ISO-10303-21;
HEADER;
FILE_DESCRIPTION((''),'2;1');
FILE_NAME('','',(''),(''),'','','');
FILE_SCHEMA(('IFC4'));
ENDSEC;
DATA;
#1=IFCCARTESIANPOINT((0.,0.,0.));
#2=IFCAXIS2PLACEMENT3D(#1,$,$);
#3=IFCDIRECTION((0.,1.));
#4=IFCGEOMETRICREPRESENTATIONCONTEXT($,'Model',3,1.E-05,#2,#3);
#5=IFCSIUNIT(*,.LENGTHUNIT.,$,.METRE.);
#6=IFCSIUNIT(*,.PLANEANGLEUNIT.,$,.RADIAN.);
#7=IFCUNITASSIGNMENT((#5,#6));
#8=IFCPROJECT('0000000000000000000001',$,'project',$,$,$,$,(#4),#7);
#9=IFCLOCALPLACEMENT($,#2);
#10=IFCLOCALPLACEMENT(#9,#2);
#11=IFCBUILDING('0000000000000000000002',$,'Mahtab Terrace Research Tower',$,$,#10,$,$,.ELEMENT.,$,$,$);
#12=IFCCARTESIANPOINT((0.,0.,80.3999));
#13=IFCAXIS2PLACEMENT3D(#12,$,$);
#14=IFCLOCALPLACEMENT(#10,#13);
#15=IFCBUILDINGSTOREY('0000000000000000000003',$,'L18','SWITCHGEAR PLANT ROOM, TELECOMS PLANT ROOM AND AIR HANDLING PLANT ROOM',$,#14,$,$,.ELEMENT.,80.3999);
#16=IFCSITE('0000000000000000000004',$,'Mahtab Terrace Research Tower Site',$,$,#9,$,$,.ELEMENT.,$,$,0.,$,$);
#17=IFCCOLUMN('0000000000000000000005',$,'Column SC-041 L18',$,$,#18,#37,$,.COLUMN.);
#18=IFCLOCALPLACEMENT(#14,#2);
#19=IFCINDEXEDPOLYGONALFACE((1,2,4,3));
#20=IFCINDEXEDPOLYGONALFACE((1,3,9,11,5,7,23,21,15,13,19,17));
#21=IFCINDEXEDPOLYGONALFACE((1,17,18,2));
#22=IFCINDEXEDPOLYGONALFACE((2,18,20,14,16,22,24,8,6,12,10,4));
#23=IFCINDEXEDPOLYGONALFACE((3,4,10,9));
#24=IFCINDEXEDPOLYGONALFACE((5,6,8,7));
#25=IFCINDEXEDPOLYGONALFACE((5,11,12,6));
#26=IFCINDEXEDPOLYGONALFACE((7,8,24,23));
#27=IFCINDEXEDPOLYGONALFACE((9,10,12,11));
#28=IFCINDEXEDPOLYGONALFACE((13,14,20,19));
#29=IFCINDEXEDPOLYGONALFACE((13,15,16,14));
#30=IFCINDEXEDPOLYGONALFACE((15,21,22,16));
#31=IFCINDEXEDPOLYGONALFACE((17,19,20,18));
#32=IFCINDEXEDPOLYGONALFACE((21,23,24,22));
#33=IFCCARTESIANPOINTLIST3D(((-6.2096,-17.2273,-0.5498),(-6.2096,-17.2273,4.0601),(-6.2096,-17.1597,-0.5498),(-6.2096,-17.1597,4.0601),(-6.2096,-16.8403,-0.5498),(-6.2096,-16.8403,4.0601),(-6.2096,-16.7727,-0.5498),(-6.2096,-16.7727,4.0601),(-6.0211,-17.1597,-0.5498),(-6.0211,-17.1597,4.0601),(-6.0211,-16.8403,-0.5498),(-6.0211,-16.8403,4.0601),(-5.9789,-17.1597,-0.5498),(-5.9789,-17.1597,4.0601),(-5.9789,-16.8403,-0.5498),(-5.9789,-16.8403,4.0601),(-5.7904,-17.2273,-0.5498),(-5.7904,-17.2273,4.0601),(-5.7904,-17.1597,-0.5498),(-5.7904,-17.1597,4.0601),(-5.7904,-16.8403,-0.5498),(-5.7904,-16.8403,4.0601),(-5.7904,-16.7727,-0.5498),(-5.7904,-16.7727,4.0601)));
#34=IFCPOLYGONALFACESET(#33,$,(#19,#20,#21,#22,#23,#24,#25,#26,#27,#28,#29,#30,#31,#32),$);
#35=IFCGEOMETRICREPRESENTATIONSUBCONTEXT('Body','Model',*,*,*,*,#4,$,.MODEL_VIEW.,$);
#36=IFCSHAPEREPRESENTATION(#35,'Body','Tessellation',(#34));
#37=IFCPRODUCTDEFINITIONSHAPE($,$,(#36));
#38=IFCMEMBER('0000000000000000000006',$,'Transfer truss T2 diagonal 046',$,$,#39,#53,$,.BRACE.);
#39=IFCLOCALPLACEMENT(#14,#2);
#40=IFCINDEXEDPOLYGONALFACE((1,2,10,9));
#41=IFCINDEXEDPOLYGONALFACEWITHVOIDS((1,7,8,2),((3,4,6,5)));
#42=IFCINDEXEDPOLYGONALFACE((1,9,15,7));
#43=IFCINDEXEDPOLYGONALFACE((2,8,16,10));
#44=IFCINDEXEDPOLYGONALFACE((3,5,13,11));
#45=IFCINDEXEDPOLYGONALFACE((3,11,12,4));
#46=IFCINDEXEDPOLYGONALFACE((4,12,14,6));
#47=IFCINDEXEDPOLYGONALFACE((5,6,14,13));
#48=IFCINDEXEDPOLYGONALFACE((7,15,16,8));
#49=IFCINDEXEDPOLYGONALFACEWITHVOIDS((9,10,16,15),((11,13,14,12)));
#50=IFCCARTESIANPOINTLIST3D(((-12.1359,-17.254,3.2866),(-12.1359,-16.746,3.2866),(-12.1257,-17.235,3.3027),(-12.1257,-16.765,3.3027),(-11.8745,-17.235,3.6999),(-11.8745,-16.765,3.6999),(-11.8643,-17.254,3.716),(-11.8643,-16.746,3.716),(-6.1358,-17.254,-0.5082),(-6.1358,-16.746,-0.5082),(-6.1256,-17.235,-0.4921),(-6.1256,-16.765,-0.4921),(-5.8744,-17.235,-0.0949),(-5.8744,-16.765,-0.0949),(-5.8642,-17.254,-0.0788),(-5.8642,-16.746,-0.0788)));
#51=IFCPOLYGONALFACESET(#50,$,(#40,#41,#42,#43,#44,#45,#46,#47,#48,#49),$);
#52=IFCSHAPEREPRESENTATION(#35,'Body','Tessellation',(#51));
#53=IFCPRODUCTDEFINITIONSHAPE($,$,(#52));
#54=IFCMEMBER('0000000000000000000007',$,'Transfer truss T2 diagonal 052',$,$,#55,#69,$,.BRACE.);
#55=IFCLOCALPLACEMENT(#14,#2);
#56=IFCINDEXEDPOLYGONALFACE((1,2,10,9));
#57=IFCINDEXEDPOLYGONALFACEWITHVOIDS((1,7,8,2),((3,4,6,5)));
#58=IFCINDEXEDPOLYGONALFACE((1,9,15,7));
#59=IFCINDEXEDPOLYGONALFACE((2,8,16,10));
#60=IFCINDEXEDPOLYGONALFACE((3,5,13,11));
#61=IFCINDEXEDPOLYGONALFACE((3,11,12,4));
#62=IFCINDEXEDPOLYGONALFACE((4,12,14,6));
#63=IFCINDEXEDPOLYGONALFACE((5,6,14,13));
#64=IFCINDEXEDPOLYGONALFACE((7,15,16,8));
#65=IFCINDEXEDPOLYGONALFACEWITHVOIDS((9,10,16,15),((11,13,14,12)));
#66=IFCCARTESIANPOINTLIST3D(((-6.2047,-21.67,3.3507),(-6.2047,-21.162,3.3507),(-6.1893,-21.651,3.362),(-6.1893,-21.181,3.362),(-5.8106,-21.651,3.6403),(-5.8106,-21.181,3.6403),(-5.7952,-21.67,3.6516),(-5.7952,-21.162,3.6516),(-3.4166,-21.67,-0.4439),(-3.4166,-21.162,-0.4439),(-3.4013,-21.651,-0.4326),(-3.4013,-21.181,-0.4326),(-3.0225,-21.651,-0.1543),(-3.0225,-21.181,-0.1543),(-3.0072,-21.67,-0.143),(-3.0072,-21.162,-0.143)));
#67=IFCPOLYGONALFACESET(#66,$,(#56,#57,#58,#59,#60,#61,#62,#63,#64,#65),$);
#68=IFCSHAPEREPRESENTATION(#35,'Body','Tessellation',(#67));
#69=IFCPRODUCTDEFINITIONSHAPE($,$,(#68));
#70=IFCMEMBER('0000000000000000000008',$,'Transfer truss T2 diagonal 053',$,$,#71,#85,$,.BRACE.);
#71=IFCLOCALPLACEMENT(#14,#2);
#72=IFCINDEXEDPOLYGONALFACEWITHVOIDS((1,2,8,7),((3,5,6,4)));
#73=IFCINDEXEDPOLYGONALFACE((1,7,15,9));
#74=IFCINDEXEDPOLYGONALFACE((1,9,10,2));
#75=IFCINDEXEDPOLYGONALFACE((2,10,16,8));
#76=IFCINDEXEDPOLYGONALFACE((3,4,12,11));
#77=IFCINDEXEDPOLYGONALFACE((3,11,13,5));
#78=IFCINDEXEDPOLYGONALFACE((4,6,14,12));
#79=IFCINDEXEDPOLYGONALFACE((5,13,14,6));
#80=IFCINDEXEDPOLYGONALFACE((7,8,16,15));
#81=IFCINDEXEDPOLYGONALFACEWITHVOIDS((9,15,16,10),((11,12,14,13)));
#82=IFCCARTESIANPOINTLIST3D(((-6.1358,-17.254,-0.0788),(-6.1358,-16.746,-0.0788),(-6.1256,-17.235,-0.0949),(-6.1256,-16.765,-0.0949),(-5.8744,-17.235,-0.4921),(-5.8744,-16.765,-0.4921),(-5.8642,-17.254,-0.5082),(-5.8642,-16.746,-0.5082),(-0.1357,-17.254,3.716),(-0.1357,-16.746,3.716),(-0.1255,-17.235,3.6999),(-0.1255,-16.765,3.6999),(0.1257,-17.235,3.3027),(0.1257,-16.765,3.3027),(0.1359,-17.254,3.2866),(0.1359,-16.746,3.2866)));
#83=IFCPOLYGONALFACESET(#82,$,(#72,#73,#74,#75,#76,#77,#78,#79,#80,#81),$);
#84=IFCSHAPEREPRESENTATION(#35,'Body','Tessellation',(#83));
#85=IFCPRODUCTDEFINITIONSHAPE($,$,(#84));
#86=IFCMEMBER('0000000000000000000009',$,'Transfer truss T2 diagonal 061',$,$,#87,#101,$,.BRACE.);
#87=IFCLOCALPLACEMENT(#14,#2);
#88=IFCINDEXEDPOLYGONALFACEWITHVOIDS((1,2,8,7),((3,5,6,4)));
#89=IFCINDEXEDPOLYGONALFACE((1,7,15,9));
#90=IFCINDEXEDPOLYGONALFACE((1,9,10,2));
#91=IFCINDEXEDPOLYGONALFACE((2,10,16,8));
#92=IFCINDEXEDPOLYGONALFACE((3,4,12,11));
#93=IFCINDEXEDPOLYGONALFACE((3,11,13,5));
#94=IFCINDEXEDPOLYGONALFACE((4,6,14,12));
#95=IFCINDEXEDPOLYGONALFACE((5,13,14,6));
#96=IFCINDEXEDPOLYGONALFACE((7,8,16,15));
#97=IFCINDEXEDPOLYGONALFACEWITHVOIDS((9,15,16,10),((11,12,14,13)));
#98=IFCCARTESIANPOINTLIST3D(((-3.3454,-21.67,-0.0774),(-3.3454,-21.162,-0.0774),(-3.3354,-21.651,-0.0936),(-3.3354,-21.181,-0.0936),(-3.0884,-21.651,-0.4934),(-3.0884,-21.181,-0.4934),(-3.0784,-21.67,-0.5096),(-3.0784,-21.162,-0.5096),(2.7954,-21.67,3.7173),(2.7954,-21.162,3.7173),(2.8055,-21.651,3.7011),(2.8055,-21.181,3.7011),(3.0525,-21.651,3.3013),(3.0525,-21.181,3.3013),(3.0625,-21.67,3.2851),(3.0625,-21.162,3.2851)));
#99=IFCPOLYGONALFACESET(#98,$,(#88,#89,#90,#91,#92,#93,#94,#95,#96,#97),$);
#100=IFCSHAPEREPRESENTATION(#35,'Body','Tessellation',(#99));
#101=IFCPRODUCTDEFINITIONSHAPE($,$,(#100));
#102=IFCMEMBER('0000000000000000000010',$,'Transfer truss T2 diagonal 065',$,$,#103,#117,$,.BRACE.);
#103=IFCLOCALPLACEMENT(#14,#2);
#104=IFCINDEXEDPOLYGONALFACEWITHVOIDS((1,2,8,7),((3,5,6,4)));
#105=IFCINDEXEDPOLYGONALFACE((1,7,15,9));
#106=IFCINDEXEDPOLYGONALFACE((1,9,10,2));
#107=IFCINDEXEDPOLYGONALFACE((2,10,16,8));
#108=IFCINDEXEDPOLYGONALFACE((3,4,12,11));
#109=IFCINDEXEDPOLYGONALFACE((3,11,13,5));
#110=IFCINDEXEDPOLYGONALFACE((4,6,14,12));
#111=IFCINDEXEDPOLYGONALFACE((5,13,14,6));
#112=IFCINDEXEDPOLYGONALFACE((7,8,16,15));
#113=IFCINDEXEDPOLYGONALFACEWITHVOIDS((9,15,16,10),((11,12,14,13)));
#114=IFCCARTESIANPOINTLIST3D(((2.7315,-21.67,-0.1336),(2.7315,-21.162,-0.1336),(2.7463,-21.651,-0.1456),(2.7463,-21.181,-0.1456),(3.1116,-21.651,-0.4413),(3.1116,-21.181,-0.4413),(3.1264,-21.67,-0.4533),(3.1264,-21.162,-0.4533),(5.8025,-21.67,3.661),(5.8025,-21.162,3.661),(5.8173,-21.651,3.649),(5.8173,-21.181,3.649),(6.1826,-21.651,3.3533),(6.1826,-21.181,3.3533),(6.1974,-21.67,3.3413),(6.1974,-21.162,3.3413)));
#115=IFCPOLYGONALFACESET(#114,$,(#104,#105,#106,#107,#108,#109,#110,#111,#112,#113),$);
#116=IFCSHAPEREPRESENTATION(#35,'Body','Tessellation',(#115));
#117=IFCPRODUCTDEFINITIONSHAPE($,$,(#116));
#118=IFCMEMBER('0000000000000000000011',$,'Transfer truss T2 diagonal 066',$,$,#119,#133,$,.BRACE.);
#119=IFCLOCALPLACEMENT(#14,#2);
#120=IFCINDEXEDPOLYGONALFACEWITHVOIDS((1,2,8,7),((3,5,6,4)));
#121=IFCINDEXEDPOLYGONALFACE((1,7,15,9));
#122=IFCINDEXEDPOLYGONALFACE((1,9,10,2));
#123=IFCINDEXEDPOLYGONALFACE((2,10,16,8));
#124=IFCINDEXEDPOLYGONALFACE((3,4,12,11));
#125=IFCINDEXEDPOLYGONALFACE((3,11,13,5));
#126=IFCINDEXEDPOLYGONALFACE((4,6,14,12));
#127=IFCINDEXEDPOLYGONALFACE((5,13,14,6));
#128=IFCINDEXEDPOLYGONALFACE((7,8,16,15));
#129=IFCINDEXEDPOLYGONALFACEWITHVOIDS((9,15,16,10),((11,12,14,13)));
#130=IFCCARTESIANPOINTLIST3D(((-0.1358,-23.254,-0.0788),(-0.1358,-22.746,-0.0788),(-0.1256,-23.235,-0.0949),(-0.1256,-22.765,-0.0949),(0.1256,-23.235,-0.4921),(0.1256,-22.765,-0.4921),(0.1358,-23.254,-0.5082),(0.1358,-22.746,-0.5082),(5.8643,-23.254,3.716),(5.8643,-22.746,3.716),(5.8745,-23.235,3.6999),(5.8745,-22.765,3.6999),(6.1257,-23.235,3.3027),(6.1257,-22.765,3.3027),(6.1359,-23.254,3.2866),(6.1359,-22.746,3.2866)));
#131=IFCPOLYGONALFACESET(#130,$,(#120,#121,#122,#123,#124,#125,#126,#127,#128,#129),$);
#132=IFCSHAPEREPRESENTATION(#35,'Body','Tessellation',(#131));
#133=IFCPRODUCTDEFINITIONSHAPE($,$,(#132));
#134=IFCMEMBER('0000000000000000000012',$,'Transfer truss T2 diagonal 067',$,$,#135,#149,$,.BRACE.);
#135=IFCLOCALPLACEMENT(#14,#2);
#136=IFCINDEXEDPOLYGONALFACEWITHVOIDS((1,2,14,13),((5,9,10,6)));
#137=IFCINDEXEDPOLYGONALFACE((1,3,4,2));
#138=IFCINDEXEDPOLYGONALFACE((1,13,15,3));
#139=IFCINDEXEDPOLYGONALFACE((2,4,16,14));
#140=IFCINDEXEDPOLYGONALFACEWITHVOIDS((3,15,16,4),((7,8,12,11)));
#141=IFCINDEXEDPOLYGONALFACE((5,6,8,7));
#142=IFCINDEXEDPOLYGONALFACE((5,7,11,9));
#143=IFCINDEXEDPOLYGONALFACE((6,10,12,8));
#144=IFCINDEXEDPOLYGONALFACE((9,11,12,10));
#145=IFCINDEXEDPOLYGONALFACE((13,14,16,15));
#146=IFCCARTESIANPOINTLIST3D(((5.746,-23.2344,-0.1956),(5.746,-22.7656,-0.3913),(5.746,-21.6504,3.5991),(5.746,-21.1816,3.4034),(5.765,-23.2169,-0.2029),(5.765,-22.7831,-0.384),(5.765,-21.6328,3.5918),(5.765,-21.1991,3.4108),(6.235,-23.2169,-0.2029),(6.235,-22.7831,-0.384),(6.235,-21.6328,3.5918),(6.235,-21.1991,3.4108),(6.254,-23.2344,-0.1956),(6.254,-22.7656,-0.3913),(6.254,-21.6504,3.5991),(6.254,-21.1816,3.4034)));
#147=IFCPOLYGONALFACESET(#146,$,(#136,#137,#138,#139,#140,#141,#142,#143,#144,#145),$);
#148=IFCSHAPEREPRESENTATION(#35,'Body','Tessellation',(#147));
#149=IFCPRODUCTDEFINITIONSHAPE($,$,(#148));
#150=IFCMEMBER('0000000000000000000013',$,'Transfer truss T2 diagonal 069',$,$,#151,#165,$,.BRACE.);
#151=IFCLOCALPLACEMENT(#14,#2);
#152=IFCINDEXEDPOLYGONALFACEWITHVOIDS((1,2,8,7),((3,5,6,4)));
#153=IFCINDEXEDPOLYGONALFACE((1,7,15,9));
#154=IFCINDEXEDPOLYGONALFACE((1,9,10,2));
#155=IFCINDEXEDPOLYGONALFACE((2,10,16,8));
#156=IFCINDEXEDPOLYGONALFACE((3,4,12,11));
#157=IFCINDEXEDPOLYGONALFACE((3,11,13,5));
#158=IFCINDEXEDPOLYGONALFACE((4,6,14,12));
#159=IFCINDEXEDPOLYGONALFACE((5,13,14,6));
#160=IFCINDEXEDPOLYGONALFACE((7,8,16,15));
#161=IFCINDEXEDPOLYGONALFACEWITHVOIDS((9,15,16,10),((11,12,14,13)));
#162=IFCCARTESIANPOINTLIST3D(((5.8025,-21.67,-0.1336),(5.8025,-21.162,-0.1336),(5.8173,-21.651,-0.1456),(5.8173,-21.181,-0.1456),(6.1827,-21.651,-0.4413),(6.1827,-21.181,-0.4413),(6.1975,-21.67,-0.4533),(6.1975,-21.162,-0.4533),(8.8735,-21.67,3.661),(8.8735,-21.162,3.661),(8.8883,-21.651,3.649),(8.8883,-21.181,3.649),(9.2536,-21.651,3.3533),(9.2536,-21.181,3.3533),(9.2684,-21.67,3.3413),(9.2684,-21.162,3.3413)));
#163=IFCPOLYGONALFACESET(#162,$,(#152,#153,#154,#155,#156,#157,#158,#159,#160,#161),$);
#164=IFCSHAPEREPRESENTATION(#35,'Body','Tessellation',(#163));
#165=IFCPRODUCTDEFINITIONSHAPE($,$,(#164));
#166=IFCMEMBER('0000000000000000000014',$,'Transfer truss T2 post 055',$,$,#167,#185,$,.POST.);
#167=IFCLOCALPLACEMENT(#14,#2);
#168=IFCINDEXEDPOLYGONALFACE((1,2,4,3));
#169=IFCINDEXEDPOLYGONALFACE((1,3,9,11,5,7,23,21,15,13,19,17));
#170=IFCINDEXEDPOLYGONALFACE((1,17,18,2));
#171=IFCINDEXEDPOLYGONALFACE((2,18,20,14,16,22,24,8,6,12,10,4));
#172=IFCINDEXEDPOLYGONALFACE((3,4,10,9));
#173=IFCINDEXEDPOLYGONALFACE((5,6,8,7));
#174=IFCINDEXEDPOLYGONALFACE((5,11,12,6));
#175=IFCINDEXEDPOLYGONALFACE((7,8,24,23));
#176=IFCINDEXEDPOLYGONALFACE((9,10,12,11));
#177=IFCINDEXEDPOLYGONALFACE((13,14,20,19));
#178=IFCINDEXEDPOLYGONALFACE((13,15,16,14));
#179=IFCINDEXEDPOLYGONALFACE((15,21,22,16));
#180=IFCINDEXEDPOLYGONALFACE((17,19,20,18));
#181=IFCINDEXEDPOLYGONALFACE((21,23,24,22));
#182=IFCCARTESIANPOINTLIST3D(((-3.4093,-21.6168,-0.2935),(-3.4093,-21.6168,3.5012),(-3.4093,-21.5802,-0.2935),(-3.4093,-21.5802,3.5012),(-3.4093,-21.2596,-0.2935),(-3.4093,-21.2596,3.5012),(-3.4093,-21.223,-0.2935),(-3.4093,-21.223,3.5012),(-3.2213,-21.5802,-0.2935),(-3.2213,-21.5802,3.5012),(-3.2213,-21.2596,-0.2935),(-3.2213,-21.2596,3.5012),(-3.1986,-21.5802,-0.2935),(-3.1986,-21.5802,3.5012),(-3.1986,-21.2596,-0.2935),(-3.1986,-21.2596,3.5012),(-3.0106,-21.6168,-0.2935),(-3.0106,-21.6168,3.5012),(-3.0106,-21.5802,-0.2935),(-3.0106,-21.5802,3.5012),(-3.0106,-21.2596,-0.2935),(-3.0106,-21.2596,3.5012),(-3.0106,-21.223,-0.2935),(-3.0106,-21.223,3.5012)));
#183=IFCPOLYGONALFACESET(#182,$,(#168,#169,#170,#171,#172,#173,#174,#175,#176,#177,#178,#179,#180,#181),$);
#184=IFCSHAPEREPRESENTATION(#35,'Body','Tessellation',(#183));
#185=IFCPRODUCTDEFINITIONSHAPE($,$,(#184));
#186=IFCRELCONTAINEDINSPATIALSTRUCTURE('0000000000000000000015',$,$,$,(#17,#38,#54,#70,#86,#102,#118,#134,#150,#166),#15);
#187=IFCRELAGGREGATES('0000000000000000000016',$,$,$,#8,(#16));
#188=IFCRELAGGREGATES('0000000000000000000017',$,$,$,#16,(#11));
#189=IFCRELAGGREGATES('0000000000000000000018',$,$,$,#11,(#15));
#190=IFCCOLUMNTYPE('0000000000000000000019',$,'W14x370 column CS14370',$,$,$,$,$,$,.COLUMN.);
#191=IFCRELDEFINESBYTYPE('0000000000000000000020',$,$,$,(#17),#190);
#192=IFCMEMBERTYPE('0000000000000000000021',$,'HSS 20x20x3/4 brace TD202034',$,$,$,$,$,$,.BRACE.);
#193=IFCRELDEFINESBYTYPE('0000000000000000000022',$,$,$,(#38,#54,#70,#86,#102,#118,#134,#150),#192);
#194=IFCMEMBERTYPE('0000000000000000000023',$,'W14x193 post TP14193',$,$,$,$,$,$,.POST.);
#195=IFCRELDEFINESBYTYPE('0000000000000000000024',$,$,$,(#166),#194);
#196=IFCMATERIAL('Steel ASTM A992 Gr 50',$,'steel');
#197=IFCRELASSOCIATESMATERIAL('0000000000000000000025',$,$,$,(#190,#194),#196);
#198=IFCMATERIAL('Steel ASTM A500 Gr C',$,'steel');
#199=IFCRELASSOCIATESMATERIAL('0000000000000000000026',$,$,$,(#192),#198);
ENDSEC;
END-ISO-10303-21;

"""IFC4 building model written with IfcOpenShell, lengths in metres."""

from ifc_helpers import new_model, si_unit, direction, frame, origin, origin_2d, place, context, subcontext, project, spatial, hollow_rectangle, i_section, extrude, material, material_profile, profile_set, type_object, element, save


model = new_model("IFC4")

# Units and contexts
model_context = context("Model", 3, precision=1e-05, world=origin(), true_north=direction((0.0, 1.0)))
body_context = subcontext(model_context, "Body", "Model", "MODEL_VIEW")
ifc_project = project(units=[si_unit("LENGTHUNIT", "METRE"), si_unit("PLANEANGLEUNIT", "RADIAN")], contexts=[model_context])

# Site, building, storey
site_placement = place(None, origin())
site = spatial("IfcSite", under=ifc_project, at=site_placement, Name="Mahtab Terrace Research Tower Site", CompositionType="ELEMENT", RefElevation=0.0)
building_placement = place(site_placement, origin())
building = spatial("IfcBuilding", under=site, at=building_placement, Name="Mahtab Terrace Research Tower", CompositionType="ELEMENT")
storey_placement = place(building_placement, frame((0.0, 0.0, 80.3999)))
storey = spatial("IfcBuildingStorey", under=building, at=storey_placement, Name="L18", Description="SWITCHGEAR PLANT ROOM, TELECOMS PLANT ROOM AND AIR HANDLING PLANT ROOM", CompositionType="ELEMENT", Elevation=80.3999)

# Column
ifc_material_1 = material(Name="Steel ASTM A992 Gr 50", Category="steel")
ifc_material_profile_1 = material_profile(ifc_material_1, i_section(OverallWidth=0.4192, OverallDepth=0.4546, WebThickness=0.0422, FlangeThickness=0.0676, at=origin_2d()), Name="W14X370")
ifc_profile_set_1 = profile_set([ifc_material_profile_1], Name="Steel ASTM A992 Gr 50")
column_type = type_object("IfcColumnType", Name="W14x370 column CS14370", PredefinedType="COLUMN", material=ifc_profile_set_1)
column_placement = place(storey_placement, frame((-6.0, -17.0, -0.5498), z_axis=(0.0, 0.0, 1.0), x_axis=(1.0, 0.0, 0.0)))
element("IfcColumn", 1, at=column_placement, inside=storey, type_object=column_type, Name="Column SC-041 L18", PredefinedType="COLUMN", context=body_context, shape_type="SweptSolid", body=[
    extrude(i_section(OverallWidth=0.4192, OverallDepth=0.4546, WebThickness=0.0422, FlangeThickness=0.0676, at=origin_2d()), origin(), (0.0, 0.0, 1.0), 4.6099),
])

# Members
ifc_material_2 = material(Name="Steel ASTM A500 Gr C", Category="steel")
ifc_material_profile_2 = material_profile(ifc_material_2, hollow_rectangle(XDim=0.5081, YDim=0.5081, WallThickness=0.019, at=origin_2d()), Name="HSS20X20X3/4")
ifc_profile_set_2 = profile_set([ifc_material_profile_2], Name="Steel ASTM A500 Gr C")
member_type_1 = type_object("IfcMemberType", Name="HSS 20x20x3/4 brace TD202034", PredefinedType="BRACE", material=ifc_profile_set_2)
member_1_placement = place(storey_placement, frame((-6.0, -17.0, -0.2935), z_axis=(-0.845158, 0.0, 0.534517), x_axis=(0.0, -1.0, 0.0)))
element("IfcMember", 2, at=member_1_placement, inside=storey, type_object=member_type_1, Name="Transfer truss T2 diagonal 046", PredefinedType="BRACE", context=body_context, shape_type="SweptSolid", body=[
    extrude(hollow_rectangle(XDim=0.5081, YDim=0.5081, WallThickness=0.019, at=origin_2d()), origin(), (0.0, 0.0, 1.0), 7.0994),
])
member_2_placement = place(storey_placement, frame((-3.2119, -21.416, -0.2935), z_axis=(-0.592098, 0.0, 0.805866), x_axis=(0.0, -1.0, 0.0)))
element("IfcMember", 3, at=member_2_placement, inside=storey, type_object=member_type_1, Name="Transfer truss T2 diagonal 052", PredefinedType="BRACE", context=body_context, shape_type="SweptSolid", body=[
    extrude(hollow_rectangle(XDim=0.5081, YDim=0.5081, WallThickness=0.019, at=origin_2d()), origin(), (0.0, 0.0, 1.0), 4.7087),
])
member_3_placement = place(storey_placement, frame((-6.0, -17.0, -0.2935), z_axis=(0.845158, 0.0, 0.534517), x_axis=(0.0, 1.0, 0.0)))
element("IfcMember", 4, at=member_3_placement, inside=storey, type_object=member_type_1, Name="Transfer truss T2 diagonal 053", PredefinedType="BRACE", context=body_context, shape_type="SweptSolid", body=[
    extrude(hollow_rectangle(XDim=0.5081, YDim=0.5081, WallThickness=0.019, at=origin_2d()), origin(), (0.0, 0.0, 1.0), 7.0994),
])
member_4_placement = place(storey_placement, frame((-3.2119, -21.416, -0.2935), z_axis=(0.850687, 0.0, 0.525672), x_axis=(0.0, 1.0, 0.0)))
element("IfcMember", 5, at=member_4_placement, inside=storey, type_object=member_type_1, Name="Transfer truss T2 diagonal 061", PredefinedType="BRACE", context=body_context, shape_type="SweptSolid", body=[
    extrude(hollow_rectangle(XDim=0.5081, YDim=0.5081, WallThickness=0.019, at=origin_2d()), origin(), (0.0, 0.0, 1.0), 7.2188),
])
member_5_placement = place(storey_placement, frame((2.929, -21.416, -0.2935), z_axis=(0.629095, 0.0, 0.777329), x_axis=(0.0, 1.0, 0.0)))
element("IfcMember", 6, at=member_5_placement, inside=storey, type_object=member_type_1, Name="Transfer truss T2 diagonal 065", PredefinedType="BRACE", context=body_context, shape_type="SweptSolid", body=[
    extrude(hollow_rectangle(XDim=0.5081, YDim=0.5081, WallThickness=0.019, at=origin_2d()), origin(), (0.0, 0.0, 1.0), 4.8816),
])
member_6_placement = place(storey_placement, frame((0.0, -23.0, -0.2935), z_axis=(0.845158, 0.0, 0.534517), x_axis=(0.0, 1.0, 0.0)))
element("IfcMember", 7, at=member_6_placement, inside=storey, type_object=member_type_1, Name="Transfer truss T2 diagonal 066", PredefinedType="BRACE", context=body_context, shape_type="SweptSolid", body=[
    extrude(hollow_rectangle(XDim=0.5081, YDim=0.5081, WallThickness=0.019, at=origin_2d()), origin(), (0.0, 0.0, 1.0), 7.0994),
])
member_7_placement = place(storey_placement, frame((6.0, -23.0, -0.2935), z_axis=(0.0, 0.38521, 0.922829), x_axis=(-1.0, 0.0, 0.0)))
element("IfcMember", 8, at=member_7_placement, inside=storey, type_object=member_type_1, Name="Transfer truss T2 diagonal 067", PredefinedType="BRACE", context=body_context, shape_type="SweptSolid", body=[
    extrude(hollow_rectangle(XDim=0.5081, YDim=0.5081, WallThickness=0.019, at=origin_2d()), origin(), (0.0, 0.0, 1.0), 4.1121),
])
member_8_placement = place(storey_placement, frame((6.0, -21.416, -0.2935), z_axis=(0.629095, 0.0, 0.777329), x_axis=(0.0, 1.0, 0.0)))
element("IfcMember", 9, at=member_8_placement, inside=storey, type_object=member_type_1, Name="Transfer truss T2 diagonal 069", PredefinedType="BRACE", context=body_context, shape_type="SweptSolid", body=[
    extrude(hollow_rectangle(XDim=0.5081, YDim=0.5081, WallThickness=0.019, at=origin_2d()), origin(), (0.0, 0.0, 1.0), 4.8816),
])
ifc_material_profile_3 = material_profile(ifc_material_1, i_section(OverallWidth=0.3987, OverallDepth=0.3938, WebThickness=0.0227, FlangeThickness=0.0366, at=origin_2d()), Name="W14X193")
ifc_profile_set_3 = profile_set([ifc_material_profile_3], Name="Steel ASTM A992 Gr 50")
member_type_2 = type_object("IfcMemberType", Name="W14x193 post TP14193", PredefinedType="POST", material=ifc_profile_set_3)
for number, where, z_axis, x_axis, name in (
    (10, (-3.21, -21.4199, -0.2935), (0.0, 0.0, 1.0), (1.0, 0.0, 0.0), "Transfer truss T2 post 055"),
):
    element("IfcMember", number, at=place(storey_placement, frame(where, z_axis=z_axis, x_axis=x_axis)), inside=storey, type_object=member_type_2, Name=name, PredefinedType="POST", context=body_context, shape_type="SweptSolid", body=[
        extrude(i_section(OverallWidth=0.3987, OverallDepth=0.3938, WebThickness=0.0227, FlangeThickness=0.0366, at=origin_2d()), origin(), (0.0, 0.0, 1.0), 3.7947),
    ])

save(model, "model.ifc")
